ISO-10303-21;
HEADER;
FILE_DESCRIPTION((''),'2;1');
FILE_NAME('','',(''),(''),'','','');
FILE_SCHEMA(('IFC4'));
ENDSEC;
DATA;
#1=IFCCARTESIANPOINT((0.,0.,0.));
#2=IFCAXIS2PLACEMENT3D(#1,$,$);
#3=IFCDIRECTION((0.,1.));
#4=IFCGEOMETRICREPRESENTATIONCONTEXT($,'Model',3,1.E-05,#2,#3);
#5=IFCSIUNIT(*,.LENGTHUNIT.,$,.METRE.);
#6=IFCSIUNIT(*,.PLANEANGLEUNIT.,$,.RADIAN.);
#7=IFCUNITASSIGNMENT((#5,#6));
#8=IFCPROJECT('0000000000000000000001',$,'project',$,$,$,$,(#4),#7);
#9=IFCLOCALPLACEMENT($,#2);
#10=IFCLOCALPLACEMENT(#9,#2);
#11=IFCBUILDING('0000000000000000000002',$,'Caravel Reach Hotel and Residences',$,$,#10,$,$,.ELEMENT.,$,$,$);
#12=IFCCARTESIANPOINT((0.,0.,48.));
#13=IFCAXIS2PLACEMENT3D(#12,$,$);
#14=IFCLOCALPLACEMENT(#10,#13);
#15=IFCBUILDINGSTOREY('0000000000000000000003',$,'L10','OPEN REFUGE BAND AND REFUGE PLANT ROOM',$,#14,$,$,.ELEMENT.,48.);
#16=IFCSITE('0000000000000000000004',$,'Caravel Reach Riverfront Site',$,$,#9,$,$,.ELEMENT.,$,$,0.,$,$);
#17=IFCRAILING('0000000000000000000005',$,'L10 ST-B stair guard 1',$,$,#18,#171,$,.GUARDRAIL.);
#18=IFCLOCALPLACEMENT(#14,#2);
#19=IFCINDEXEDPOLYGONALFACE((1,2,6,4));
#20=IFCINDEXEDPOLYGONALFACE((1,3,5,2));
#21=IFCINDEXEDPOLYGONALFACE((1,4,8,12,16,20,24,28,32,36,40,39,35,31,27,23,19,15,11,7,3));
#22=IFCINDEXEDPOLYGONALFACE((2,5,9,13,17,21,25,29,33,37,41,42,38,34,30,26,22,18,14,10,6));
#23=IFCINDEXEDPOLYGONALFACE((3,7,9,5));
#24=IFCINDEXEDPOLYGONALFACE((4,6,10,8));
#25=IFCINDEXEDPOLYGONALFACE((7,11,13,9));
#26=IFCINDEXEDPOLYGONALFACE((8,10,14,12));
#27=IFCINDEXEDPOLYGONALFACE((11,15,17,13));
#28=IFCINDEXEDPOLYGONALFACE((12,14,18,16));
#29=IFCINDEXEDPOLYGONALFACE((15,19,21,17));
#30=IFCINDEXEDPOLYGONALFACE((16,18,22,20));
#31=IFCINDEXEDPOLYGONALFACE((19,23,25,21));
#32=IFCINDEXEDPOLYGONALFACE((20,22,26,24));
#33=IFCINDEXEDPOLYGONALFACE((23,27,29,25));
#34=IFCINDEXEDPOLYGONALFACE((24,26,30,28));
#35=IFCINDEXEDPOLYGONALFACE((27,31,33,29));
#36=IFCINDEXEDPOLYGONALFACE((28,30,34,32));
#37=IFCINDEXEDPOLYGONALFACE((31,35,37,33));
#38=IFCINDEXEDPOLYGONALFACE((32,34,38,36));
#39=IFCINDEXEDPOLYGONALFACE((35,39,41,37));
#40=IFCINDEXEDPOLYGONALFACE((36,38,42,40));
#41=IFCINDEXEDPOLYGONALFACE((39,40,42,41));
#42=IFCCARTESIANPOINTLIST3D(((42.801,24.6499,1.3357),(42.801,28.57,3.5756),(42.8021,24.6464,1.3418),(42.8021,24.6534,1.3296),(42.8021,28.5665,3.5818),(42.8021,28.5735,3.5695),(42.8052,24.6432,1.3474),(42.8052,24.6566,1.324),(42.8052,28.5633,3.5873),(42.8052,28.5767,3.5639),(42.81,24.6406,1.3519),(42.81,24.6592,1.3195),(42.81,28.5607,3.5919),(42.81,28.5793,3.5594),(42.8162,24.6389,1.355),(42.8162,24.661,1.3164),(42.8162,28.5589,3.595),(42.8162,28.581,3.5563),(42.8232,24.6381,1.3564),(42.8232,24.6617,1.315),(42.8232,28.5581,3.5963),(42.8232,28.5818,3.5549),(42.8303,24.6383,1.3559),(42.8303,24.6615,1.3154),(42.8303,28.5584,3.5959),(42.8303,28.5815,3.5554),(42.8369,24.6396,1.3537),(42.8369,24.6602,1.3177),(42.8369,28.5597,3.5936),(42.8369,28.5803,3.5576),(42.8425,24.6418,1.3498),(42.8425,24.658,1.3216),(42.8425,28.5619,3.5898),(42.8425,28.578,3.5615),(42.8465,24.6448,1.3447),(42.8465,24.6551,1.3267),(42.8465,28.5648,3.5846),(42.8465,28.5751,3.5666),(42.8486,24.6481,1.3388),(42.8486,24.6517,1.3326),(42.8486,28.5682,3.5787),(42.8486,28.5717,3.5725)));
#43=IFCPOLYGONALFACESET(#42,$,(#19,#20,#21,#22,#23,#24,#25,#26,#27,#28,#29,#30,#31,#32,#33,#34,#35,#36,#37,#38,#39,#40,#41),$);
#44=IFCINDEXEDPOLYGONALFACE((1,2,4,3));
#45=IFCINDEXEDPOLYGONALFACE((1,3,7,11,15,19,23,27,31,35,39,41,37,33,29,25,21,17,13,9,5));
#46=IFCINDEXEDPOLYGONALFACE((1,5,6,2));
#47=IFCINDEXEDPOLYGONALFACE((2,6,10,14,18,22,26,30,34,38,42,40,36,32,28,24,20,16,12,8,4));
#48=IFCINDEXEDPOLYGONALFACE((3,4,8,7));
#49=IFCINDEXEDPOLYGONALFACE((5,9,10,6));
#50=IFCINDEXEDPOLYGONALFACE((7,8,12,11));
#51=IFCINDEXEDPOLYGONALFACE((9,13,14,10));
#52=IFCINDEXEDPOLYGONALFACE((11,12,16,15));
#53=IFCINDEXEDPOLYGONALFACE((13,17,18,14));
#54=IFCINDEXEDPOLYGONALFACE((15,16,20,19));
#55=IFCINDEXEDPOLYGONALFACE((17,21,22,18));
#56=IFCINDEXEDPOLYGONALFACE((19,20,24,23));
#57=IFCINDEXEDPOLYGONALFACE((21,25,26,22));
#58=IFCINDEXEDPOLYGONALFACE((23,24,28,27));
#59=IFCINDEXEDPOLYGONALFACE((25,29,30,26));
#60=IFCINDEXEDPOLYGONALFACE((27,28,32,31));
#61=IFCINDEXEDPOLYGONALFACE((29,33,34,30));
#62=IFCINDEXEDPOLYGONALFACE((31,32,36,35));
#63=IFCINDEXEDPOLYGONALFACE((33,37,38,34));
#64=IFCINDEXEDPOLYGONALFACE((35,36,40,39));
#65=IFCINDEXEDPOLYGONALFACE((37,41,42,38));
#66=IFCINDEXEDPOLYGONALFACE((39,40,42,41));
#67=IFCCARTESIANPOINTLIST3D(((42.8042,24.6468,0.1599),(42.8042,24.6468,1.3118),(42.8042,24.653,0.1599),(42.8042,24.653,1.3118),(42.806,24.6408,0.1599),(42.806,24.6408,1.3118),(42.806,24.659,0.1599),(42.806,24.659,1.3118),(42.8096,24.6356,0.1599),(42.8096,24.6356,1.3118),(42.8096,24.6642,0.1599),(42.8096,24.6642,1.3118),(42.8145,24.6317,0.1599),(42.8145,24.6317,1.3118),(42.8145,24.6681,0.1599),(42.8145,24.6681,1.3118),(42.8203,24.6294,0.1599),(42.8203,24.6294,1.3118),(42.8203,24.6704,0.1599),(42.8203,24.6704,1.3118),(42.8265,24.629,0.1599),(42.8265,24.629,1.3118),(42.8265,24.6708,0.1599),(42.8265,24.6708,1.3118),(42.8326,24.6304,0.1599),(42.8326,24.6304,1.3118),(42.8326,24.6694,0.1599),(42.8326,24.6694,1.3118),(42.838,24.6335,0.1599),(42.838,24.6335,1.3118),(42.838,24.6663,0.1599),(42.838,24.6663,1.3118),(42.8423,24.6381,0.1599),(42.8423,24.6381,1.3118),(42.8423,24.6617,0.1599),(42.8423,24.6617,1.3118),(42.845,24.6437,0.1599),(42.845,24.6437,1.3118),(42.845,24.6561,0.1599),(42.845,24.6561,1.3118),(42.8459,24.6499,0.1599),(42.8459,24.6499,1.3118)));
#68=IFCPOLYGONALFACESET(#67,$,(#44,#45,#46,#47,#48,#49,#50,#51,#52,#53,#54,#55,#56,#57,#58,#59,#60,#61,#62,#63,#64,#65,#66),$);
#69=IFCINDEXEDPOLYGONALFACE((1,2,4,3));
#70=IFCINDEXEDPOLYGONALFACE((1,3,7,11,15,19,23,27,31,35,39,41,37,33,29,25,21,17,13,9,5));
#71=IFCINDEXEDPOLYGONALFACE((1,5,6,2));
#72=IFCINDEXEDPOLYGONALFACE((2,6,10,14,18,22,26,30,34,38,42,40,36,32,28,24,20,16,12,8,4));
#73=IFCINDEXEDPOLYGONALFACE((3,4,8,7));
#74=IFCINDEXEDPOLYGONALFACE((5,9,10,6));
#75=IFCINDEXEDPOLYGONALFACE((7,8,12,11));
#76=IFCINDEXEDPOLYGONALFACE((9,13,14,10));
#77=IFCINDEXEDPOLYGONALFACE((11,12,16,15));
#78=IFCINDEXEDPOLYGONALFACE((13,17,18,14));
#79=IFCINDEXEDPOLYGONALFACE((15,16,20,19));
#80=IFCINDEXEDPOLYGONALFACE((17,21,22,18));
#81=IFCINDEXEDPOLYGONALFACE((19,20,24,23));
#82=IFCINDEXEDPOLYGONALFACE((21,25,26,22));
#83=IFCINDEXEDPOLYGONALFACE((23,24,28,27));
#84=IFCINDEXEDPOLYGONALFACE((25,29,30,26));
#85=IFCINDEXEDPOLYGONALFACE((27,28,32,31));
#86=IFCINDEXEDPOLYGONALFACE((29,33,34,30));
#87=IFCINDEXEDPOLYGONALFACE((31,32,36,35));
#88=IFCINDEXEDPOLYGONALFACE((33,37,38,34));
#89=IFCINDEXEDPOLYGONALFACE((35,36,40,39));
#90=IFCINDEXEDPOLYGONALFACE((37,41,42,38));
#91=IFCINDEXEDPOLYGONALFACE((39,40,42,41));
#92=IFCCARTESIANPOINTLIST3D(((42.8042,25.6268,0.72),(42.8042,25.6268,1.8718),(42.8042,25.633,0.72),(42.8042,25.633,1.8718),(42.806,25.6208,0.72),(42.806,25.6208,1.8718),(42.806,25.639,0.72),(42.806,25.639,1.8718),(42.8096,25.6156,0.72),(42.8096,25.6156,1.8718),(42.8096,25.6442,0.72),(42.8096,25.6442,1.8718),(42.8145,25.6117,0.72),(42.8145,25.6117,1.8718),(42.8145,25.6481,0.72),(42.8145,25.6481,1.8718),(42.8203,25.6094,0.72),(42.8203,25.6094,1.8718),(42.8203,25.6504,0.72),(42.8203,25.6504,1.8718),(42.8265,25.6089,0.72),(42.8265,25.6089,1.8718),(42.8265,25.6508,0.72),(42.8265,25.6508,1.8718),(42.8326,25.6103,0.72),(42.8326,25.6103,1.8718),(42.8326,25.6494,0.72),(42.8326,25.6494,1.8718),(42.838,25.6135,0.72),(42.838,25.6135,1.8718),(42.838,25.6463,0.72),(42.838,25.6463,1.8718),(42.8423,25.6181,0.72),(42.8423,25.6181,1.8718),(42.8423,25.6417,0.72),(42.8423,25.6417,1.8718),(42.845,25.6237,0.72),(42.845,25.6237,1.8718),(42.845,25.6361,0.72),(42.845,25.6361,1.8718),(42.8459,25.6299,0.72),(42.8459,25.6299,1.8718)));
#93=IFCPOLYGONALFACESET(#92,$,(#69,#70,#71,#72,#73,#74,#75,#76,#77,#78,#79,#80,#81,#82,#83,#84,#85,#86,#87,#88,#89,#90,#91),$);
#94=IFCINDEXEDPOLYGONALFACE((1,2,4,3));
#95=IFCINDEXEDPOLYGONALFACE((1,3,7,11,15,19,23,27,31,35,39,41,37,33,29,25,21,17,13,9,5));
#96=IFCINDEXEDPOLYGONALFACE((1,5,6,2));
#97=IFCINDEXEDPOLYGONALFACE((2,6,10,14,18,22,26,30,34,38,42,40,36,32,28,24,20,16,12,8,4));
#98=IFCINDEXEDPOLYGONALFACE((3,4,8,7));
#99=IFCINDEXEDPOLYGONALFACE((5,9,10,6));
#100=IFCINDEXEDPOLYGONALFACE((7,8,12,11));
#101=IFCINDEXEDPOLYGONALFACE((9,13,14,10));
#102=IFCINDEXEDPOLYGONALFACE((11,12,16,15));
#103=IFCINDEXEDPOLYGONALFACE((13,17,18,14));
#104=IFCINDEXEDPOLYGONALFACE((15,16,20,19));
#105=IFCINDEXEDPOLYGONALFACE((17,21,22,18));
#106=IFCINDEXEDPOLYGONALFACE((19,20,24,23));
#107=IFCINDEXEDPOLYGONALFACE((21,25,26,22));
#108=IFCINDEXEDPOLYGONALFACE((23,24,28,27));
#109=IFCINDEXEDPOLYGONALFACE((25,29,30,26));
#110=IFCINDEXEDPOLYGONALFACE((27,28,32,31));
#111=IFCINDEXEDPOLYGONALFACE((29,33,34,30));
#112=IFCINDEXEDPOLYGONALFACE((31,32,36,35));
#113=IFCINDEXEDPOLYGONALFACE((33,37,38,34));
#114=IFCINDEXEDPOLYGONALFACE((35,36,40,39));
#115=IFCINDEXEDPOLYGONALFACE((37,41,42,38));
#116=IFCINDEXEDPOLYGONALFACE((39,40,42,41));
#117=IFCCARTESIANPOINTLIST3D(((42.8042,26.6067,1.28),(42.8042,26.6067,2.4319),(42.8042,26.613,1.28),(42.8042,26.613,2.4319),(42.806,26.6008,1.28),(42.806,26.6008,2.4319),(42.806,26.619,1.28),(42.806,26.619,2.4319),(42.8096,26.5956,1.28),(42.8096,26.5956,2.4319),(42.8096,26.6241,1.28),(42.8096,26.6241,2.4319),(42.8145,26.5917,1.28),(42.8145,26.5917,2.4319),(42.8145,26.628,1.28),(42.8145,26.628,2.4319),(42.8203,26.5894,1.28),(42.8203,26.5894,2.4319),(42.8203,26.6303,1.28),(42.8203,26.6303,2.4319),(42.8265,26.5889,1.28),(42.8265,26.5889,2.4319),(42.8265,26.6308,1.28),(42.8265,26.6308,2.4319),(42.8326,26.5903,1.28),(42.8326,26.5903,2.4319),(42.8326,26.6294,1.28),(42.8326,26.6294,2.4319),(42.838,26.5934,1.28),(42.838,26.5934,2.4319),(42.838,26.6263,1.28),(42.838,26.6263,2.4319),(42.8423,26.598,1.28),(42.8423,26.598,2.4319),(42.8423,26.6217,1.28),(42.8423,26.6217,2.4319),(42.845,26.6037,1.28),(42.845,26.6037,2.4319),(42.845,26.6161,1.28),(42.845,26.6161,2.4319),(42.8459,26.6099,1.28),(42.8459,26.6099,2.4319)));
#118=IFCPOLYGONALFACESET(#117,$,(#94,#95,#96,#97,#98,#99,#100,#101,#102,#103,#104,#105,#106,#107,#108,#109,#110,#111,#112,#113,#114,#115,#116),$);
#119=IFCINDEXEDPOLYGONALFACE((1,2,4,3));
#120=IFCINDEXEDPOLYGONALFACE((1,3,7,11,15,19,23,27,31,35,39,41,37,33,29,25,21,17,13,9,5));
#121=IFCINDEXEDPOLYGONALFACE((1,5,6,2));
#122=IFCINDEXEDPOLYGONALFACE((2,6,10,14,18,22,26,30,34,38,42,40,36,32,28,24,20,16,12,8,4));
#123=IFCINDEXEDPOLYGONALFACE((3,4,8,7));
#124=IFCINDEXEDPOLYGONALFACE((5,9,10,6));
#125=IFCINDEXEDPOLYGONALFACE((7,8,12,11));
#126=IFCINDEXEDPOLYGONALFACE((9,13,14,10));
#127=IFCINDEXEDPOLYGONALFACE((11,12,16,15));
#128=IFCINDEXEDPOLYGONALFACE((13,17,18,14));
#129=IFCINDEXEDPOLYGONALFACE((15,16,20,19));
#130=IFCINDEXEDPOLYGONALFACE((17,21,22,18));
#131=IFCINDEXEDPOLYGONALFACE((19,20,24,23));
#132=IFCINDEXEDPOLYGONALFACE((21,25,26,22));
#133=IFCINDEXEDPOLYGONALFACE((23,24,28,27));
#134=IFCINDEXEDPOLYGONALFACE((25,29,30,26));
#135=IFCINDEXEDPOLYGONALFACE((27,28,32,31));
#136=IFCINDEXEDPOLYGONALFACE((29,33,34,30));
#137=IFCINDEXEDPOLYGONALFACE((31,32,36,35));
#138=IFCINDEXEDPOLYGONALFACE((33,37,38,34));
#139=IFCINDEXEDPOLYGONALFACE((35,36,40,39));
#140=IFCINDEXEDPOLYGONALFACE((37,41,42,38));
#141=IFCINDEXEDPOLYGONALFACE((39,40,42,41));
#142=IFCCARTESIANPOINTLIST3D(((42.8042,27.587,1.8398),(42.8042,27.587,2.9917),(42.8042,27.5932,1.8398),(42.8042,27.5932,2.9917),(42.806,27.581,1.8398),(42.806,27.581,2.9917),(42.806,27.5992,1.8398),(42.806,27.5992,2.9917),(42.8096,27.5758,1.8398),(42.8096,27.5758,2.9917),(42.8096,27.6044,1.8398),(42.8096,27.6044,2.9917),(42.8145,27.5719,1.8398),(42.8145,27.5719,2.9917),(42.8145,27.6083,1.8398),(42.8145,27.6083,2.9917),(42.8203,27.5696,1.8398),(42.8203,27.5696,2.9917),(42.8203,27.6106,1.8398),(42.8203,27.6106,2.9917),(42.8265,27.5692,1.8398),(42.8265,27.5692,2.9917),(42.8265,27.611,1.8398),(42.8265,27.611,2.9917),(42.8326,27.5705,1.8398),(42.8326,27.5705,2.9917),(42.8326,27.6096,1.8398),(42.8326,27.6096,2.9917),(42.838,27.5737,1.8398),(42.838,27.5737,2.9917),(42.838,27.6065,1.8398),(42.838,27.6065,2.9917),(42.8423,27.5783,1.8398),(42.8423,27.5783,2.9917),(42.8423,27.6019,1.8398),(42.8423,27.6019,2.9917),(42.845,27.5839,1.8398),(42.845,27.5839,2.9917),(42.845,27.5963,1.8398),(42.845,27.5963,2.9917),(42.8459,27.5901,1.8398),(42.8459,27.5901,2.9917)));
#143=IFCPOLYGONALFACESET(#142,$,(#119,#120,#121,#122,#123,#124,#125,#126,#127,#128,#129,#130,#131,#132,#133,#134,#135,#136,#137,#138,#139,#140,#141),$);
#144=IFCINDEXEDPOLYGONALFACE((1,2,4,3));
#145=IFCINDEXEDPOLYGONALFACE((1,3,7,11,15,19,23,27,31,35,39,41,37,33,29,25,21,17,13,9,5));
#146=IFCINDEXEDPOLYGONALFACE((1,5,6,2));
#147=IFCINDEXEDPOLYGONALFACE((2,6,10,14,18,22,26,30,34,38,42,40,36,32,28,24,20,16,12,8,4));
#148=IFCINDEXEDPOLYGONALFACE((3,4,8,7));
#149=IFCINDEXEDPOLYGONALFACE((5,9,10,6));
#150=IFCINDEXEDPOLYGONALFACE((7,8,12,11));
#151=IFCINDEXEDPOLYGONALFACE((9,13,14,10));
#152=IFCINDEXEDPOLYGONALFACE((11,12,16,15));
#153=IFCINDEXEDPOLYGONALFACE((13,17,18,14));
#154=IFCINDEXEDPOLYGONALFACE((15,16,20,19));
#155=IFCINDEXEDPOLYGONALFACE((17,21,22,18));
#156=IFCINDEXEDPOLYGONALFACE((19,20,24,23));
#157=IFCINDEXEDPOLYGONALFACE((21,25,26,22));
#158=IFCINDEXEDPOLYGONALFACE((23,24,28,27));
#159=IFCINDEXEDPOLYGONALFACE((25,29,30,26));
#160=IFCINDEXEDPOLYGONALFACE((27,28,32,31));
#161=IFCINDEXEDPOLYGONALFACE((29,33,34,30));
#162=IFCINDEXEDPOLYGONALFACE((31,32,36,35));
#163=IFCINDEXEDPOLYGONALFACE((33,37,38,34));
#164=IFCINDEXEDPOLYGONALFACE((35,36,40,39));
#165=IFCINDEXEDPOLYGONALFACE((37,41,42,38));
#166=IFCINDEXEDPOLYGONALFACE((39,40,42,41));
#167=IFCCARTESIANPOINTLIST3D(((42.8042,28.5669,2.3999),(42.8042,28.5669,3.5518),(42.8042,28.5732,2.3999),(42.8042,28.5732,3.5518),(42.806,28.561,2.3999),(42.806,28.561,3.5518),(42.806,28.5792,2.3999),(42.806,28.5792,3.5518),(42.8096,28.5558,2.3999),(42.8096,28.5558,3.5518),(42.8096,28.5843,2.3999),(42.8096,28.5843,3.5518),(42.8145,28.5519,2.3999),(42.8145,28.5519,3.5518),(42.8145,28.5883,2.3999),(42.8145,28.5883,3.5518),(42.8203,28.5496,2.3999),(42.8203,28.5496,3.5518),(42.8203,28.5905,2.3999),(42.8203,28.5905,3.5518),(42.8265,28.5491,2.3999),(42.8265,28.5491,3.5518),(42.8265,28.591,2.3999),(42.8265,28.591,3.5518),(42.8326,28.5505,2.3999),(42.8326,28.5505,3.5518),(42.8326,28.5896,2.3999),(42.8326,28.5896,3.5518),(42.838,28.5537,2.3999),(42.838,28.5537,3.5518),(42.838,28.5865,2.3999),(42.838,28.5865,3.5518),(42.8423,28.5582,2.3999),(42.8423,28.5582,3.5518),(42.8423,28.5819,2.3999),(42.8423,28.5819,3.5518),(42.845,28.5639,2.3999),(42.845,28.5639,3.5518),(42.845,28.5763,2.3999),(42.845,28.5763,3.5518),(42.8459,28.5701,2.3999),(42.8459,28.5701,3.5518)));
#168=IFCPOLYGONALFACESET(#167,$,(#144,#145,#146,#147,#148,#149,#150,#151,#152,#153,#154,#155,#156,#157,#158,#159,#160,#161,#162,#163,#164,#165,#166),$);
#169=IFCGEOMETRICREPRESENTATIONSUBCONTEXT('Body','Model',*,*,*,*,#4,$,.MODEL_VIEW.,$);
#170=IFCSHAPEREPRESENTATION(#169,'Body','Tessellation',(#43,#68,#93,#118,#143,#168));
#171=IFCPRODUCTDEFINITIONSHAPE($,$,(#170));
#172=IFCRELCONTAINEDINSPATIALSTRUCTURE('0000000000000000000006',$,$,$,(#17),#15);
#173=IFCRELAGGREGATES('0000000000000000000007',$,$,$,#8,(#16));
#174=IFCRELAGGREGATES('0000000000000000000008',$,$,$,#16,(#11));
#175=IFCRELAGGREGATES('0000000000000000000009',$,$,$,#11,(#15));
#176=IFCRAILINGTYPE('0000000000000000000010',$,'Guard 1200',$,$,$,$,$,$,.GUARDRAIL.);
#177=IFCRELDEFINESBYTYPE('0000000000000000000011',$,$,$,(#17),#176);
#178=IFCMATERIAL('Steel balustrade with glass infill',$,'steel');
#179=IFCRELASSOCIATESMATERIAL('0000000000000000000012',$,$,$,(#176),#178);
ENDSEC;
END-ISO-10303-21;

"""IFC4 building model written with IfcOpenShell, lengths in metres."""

from ifc_helpers import new_model, si_unit, direction, frame, origin, origin_2d, place, context, subcontext, project, spatial, circle, extrude, material, type_object, element, save


model = new_model("IFC4")

# Units and contexts
model_context = context("Model", 3, precision=1e-05, world=origin(), true_north=direction((0.0, 1.0)))
body_context = subcontext(model_context, "Body", "Model", "MODEL_VIEW")
ifc_project = project(units=[si_unit("LENGTHUNIT", "METRE"), si_unit("PLANEANGLEUNIT", "RADIAN")], contexts=[model_context])

# Site, building, storey
site_placement = place(None, origin())
site = spatial("IfcSite", under=ifc_project, at=site_placement, Name="Caravel Reach Riverfront Site", CompositionType="ELEMENT", RefElevation=0.0)
building_placement = place(site_placement, origin())
building = spatial("IfcBuilding", under=site, at=building_placement, Name="Caravel Reach Hotel and Residences", CompositionType="ELEMENT")
storey_placement = place(building_placement, frame((0.0, 0.0, 48.0)))
storey = spatial("IfcBuildingStorey", under=building, at=storey_placement, Name="L10", Description="OPEN REFUGE BAND AND REFUGE PLANT ROOM", CompositionType="ELEMENT", Elevation=48.0)

# Railing
ifc_material_1 = material(Name="Steel balustrade with glass infill", Category="steel")
railing_type_1 = type_object("IfcRailingType", Name="Guard 1200", PredefinedType="GUARDRAIL", material=ifc_material_1)
railing_1_placement = place(storey_placement, frame((42.825, 24.6499, 0.1599)))
element("IfcRailing", 1, at=railing_1_placement, inside=storey, type_object=railing_type_1, Name="L10 ST-B stair guard 1", PredefinedType="GUARDRAIL", context=body_context, shape_type="SweptSolid", body=[
    extrude(circle(Radius=0.0239, at=origin_2d()), frame((0.0, 0.0, 1.1758), z_axis=(0.0, 0.868253, 0.496121), x_axis=(-1.0, 0.0, 0.0)), (0.0, 0.0, 1.0), 4.5149),
    extrude(circle(Radius=0.021, at=origin_2d()), origin(), (0.0, 0.0, 1.0), 1.1519),
    extrude(circle(Radius=0.021, at=origin_2d()), frame((0.0, 0.98, 0.5601)), (0.0, 0.0, 1.0), 1.1519),
    extrude(circle(Radius=0.021, at=origin_2d()), frame((0.0, 1.96, 1.1201)), (0.0, 0.0, 1.0), 1.1519),
    extrude(circle(Radius=0.021, at=origin_2d()), frame((0.0, 2.9402, 1.6799)), (0.0, 0.0, 1.0), 1.1519),
    extrude(circle(Radius=0.021, at=origin_2d()), frame((0.0, 3.9202, 2.24)), (0.0, 0.0, 1.0), 1.1519),
])

save(model, "model.ifc")
